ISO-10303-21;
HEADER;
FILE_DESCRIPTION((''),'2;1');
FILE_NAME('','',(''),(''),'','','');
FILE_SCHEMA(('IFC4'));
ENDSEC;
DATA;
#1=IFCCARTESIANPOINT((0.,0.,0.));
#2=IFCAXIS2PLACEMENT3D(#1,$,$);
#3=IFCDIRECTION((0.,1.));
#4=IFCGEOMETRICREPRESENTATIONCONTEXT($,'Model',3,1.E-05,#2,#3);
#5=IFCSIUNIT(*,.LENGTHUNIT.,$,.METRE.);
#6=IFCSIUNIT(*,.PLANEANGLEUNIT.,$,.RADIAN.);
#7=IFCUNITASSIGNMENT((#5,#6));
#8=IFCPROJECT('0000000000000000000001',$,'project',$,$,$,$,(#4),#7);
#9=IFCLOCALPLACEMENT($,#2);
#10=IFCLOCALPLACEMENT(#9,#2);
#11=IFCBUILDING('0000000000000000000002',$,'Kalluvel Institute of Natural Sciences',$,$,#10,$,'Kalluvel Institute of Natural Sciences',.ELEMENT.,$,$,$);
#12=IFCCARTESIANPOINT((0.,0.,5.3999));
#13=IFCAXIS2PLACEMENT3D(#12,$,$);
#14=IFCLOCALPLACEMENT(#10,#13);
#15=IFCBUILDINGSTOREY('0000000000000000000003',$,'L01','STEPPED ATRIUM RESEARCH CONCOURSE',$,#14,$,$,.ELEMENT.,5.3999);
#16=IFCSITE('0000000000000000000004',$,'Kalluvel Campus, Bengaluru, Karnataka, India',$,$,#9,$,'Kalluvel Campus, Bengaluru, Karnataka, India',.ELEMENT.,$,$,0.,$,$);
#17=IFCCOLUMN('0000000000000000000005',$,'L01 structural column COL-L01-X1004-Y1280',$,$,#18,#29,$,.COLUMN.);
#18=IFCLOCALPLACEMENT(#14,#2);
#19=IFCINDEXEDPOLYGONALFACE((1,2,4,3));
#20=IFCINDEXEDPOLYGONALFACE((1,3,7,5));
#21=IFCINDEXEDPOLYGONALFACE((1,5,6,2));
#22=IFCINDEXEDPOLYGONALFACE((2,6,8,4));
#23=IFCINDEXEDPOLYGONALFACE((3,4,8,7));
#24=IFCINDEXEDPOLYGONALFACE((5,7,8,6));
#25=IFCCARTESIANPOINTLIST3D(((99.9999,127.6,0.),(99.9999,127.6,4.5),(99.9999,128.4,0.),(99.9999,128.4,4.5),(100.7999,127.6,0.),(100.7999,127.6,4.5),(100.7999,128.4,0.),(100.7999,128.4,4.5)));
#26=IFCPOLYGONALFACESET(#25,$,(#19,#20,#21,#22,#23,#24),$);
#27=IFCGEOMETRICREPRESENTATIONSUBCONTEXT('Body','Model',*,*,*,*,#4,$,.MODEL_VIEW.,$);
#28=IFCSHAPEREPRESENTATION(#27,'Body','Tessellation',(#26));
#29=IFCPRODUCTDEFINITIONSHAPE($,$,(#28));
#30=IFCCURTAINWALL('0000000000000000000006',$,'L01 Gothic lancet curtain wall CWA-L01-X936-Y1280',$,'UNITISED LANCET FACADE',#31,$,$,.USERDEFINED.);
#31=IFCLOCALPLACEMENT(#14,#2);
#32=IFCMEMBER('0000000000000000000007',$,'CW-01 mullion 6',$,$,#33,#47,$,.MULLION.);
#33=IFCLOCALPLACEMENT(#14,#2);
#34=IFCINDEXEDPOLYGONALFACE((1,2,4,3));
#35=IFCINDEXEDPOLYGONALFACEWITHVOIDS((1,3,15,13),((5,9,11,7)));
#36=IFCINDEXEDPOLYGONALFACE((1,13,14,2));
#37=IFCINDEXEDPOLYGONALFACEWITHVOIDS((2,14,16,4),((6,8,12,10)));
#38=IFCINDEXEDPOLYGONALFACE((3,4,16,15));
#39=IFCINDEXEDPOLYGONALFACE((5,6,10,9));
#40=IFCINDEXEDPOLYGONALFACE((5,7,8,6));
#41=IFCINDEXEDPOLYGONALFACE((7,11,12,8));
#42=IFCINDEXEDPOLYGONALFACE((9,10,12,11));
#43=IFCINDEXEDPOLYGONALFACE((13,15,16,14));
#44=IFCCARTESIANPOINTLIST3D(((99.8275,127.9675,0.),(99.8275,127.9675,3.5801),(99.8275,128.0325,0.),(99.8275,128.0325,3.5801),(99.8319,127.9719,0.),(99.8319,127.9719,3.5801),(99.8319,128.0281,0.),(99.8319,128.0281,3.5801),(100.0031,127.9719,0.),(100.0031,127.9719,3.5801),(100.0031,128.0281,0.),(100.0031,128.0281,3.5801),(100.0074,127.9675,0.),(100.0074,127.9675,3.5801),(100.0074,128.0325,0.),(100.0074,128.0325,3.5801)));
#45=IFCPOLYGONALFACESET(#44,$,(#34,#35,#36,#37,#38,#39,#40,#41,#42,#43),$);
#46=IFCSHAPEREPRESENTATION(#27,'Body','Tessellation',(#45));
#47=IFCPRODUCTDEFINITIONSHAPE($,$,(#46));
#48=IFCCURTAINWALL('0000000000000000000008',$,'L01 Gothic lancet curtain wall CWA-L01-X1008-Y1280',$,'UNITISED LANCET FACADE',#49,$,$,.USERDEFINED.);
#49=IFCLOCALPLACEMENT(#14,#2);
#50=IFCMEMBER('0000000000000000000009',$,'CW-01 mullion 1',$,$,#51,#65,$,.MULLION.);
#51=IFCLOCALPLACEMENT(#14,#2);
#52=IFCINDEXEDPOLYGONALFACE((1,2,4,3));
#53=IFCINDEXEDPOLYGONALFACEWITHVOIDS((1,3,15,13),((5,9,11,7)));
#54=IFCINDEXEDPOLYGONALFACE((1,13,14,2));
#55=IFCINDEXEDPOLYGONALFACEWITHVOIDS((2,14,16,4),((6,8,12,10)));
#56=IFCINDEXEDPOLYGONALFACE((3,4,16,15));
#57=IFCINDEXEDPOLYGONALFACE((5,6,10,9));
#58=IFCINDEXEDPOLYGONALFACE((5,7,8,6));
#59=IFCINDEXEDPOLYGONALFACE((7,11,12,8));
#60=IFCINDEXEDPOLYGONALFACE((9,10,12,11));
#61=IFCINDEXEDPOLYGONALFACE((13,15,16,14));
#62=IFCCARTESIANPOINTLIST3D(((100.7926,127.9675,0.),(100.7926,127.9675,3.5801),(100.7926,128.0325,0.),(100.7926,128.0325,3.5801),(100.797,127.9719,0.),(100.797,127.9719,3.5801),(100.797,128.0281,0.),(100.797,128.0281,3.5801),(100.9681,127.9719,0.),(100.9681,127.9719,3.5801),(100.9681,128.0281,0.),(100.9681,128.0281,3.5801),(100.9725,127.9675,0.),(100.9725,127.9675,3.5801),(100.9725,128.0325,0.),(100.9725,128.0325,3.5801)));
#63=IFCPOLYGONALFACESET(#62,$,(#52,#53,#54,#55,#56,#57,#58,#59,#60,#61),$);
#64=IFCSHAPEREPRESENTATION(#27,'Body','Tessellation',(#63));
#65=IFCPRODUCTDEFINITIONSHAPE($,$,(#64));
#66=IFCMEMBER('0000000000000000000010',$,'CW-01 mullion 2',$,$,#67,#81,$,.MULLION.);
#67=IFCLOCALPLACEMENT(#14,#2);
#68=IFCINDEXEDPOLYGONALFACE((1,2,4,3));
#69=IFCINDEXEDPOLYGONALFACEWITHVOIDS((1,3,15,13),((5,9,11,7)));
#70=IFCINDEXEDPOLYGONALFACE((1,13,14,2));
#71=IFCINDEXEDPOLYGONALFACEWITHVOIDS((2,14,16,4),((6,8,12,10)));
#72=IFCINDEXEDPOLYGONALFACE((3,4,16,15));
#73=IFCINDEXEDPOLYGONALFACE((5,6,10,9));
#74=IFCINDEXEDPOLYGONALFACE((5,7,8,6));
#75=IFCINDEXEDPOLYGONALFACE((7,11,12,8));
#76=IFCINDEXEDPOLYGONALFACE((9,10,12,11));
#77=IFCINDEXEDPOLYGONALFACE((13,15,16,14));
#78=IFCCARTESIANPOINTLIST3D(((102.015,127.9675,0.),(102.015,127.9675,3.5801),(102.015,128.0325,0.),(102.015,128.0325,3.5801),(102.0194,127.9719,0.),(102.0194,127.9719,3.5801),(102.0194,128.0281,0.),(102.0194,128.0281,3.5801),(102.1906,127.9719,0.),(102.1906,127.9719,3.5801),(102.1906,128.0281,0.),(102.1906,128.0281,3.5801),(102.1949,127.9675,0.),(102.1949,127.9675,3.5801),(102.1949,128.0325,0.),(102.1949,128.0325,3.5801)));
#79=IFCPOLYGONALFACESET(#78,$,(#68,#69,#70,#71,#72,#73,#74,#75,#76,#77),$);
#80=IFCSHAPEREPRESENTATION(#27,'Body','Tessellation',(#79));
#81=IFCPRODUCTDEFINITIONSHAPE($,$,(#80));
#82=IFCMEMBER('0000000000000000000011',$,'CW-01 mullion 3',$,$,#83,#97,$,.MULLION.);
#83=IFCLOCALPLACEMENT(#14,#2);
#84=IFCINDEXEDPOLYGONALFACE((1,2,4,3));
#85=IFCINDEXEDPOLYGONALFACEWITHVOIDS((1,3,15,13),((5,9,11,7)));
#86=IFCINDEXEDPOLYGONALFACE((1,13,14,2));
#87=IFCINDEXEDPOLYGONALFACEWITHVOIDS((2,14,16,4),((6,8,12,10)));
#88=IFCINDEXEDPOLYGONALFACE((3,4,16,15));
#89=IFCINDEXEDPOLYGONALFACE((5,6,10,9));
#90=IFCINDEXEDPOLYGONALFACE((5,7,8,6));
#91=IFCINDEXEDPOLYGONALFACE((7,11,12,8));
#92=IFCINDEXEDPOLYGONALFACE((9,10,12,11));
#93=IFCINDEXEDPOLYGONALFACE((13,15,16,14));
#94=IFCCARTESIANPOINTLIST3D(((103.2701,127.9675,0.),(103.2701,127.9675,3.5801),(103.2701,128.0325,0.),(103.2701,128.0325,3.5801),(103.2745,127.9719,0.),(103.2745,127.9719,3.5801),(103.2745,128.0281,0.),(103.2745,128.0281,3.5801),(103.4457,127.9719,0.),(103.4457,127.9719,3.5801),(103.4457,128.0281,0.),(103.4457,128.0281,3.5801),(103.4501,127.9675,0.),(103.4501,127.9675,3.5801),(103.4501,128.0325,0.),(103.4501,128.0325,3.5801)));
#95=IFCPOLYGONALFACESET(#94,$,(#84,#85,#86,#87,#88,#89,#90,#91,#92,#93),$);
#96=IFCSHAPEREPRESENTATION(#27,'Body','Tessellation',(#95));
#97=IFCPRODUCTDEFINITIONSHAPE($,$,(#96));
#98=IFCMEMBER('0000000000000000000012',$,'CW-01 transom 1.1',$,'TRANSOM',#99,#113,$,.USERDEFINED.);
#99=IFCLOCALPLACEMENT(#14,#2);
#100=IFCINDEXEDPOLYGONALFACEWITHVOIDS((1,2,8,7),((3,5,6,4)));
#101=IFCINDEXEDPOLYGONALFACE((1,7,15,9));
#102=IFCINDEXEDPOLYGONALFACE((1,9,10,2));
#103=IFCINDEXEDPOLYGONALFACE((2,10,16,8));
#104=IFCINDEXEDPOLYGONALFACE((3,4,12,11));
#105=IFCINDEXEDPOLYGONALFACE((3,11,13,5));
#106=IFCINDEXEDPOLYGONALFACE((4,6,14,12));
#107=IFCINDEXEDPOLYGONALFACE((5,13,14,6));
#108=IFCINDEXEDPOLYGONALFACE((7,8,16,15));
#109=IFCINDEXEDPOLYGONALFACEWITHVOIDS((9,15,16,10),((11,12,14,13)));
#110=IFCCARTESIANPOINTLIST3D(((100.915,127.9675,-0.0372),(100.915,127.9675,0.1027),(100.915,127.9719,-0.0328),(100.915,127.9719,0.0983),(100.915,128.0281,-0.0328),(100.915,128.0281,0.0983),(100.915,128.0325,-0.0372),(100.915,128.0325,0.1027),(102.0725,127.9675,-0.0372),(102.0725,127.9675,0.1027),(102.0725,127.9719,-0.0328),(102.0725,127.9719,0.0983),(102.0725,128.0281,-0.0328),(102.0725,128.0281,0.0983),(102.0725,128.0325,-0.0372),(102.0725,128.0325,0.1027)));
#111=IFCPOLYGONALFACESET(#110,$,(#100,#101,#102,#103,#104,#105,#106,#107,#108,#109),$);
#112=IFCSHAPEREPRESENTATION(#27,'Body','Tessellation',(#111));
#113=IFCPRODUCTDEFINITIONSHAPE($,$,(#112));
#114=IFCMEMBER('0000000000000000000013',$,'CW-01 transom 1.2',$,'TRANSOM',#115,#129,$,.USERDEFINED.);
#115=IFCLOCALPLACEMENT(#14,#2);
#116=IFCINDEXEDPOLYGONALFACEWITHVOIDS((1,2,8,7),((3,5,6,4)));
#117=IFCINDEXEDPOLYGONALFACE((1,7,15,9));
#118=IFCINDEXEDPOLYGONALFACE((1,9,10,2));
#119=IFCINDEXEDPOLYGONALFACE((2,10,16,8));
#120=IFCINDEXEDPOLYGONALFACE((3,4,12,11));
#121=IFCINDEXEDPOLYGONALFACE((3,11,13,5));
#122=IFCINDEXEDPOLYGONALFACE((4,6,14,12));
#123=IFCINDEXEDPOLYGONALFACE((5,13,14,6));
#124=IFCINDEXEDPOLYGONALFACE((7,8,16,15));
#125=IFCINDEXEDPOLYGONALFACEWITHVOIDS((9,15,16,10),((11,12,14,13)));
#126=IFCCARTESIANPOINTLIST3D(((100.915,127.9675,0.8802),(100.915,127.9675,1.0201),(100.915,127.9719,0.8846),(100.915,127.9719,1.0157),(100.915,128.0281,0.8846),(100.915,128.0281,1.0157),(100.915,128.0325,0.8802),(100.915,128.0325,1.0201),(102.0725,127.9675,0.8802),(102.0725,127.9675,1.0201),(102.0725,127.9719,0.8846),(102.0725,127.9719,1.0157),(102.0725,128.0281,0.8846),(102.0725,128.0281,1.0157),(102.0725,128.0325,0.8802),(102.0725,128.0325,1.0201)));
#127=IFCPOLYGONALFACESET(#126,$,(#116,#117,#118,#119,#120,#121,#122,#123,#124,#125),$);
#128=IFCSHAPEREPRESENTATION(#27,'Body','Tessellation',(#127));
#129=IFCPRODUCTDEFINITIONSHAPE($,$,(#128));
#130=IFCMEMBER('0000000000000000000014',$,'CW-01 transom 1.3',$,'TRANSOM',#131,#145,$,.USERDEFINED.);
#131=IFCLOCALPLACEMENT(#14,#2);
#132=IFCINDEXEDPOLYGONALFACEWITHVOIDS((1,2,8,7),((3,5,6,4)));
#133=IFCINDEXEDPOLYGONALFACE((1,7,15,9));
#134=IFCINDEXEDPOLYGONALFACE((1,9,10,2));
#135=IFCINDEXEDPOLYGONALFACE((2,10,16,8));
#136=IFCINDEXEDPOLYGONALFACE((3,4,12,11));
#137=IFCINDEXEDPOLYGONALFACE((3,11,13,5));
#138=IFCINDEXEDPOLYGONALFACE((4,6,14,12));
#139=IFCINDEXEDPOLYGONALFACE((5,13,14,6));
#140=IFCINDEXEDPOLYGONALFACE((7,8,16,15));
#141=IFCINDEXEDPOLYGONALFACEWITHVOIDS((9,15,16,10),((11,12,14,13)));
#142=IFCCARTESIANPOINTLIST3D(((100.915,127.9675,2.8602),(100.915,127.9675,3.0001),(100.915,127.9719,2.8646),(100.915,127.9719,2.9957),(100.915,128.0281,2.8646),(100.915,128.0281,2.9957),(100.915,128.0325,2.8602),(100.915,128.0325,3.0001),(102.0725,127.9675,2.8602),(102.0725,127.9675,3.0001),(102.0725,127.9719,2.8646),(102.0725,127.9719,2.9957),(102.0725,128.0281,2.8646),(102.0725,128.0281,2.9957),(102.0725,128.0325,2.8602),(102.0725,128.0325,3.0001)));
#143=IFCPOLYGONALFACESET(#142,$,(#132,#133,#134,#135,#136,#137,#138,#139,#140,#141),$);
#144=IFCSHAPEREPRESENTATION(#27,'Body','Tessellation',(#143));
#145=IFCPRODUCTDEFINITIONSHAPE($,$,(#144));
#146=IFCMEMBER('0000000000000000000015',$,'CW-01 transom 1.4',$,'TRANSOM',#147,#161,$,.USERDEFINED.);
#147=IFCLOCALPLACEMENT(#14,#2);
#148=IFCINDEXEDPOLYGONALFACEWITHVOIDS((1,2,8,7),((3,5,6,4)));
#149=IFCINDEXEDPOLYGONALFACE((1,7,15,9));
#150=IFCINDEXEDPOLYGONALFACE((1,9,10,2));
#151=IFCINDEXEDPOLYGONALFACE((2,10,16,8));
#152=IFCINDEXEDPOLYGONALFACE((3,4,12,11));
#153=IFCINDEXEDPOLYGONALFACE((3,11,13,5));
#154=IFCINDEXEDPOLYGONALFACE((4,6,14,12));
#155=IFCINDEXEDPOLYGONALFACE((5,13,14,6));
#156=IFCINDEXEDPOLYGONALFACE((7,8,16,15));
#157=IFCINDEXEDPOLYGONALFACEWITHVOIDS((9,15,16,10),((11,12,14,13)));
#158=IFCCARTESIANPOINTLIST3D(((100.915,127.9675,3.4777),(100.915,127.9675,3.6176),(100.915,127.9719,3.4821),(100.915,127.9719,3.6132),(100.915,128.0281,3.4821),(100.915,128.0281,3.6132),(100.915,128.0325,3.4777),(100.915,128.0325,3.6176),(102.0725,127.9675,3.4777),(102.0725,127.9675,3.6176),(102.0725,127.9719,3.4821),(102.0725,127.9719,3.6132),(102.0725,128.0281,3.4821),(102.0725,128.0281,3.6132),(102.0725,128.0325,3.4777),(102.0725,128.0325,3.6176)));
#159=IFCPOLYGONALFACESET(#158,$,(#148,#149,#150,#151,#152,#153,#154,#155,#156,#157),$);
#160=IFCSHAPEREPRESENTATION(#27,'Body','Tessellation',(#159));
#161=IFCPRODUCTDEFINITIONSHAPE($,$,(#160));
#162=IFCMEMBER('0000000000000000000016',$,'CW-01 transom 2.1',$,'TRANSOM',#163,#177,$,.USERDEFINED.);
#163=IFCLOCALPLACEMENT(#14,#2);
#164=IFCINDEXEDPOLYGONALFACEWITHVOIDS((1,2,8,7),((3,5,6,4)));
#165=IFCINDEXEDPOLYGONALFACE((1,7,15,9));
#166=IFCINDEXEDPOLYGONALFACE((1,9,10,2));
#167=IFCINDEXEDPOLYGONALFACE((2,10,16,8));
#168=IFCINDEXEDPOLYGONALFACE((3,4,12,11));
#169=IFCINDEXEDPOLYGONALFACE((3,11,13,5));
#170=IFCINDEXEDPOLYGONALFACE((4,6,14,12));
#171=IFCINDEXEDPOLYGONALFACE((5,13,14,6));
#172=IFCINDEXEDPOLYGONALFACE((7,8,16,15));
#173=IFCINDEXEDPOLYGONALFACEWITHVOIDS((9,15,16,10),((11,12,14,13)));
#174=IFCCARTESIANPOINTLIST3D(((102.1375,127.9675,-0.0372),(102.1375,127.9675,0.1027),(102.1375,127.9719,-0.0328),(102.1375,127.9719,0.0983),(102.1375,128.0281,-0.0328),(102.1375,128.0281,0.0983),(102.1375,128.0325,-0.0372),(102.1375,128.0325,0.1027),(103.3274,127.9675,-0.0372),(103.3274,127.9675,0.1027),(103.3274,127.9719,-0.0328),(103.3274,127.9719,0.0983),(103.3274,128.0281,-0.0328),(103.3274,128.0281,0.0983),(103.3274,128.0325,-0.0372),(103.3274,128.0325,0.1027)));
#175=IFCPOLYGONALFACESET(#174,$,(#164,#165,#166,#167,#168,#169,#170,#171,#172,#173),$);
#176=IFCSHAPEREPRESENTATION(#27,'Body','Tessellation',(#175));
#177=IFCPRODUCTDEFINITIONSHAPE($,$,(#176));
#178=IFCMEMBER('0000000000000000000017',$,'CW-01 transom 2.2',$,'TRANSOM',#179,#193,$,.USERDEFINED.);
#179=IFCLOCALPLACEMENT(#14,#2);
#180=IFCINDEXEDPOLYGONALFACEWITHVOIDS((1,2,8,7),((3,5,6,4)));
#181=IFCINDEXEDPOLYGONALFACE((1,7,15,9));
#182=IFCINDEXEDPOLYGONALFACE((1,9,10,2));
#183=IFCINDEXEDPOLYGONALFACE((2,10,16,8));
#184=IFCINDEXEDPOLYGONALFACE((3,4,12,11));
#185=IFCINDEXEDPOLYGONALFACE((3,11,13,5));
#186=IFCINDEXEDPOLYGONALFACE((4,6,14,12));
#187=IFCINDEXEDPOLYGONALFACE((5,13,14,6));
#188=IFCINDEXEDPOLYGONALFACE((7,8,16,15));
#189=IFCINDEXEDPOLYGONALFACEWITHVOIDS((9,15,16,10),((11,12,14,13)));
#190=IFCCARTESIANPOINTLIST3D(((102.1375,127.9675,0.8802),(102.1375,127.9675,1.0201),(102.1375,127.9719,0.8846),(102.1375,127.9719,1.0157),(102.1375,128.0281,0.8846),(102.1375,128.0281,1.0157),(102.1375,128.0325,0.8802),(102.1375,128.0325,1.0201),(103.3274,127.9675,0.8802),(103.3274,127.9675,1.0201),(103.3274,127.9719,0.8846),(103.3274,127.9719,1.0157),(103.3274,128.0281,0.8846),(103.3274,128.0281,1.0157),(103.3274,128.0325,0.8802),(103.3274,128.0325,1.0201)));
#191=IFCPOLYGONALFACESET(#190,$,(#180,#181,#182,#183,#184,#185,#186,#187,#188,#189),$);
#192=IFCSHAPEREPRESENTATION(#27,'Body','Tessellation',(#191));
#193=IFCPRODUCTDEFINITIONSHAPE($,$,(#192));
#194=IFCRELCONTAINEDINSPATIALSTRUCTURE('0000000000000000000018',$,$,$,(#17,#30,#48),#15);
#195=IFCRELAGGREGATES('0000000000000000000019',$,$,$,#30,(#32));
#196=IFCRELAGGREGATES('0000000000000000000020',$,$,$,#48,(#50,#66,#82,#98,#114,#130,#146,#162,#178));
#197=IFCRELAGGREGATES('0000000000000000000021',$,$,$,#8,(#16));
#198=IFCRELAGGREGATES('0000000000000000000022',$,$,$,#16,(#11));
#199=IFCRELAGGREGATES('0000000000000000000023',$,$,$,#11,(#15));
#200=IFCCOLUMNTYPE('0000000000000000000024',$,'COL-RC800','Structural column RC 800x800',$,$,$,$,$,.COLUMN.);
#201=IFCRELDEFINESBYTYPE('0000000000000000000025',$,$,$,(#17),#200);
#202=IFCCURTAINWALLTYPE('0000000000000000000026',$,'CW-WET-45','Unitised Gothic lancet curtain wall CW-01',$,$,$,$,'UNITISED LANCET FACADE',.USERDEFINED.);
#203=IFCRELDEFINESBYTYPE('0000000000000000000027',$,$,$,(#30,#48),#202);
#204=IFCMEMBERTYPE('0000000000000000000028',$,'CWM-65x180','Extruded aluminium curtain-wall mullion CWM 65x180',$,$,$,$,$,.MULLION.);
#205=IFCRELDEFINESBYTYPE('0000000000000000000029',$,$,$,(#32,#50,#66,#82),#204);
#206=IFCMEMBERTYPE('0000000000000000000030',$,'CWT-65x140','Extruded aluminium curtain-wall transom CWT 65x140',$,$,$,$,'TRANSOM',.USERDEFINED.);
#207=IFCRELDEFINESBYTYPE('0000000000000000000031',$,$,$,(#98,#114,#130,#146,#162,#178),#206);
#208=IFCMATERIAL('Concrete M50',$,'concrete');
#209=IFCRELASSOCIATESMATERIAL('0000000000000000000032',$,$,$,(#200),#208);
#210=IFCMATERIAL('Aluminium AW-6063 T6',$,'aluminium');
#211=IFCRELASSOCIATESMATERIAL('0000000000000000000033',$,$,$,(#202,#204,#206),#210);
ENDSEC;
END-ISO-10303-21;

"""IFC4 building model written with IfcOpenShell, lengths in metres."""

from ifc_helpers import new_model, si_unit, direction, frame, origin, origin_2d, place, context, subcontext, project, spatial, rectangle, hollow_rectangle, extrude, material, material_profile, profile_set, type_object, element, aggregate, save


model = new_model("IFC4")

# Units and contexts
model_context = context("Model", 3, precision=1e-05, world=origin(), true_north=direction((0.0, 1.0)))
body_context = subcontext(model_context, "Body", "Model", "MODEL_VIEW")
ifc_project = project(units=[si_unit("LENGTHUNIT", "METRE"), si_unit("PLANEANGLEUNIT", "RADIAN")], contexts=[model_context])

# Site, building, storey
site_placement = place(None, origin())
site = spatial("IfcSite", under=ifc_project, at=site_placement, Name="Kalluvel Campus, Bengaluru, Karnataka, India", LongName="Kalluvel Campus, Bengaluru, Karnataka, India", CompositionType="ELEMENT", RefElevation=0.0)
building_placement = place(site_placement, origin())
building = spatial("IfcBuilding", under=site, at=building_placement, Name="Kalluvel Institute of Natural Sciences", LongName="Kalluvel Institute of Natural Sciences", CompositionType="ELEMENT")
storey_placement = place(building_placement, frame((0.0, 0.0, 5.3999)))
storey = spatial("IfcBuildingStorey", under=building, at=storey_placement, Name="L01", Description="STEPPED ATRIUM RESEARCH CONCOURSE", CompositionType="ELEMENT", Elevation=5.3999)

# Column
ifc_material_1 = material(Name="Concrete M50", Category="concrete")
ifc_material_profile_1 = material_profile(ifc_material_1, rectangle(XDim=0.8, YDim=0.8, at=origin_2d()), Name="RC 800x800")
ifc_profile_set_1 = profile_set([ifc_material_profile_1], Name="Concrete M50")
column_type = type_object("IfcColumnType", Name="COL-RC800", Description="Structural column RC 800x800", PredefinedType="COLUMN", material=ifc_profile_set_1)
column_placement = place(storey_placement, frame((100.3999, 128.0, 0.0), z_axis=(0.0, 0.0, 1.0), x_axis=(1.0, 0.0, 0.0)))
element("IfcColumn", 1, at=column_placement, inside=storey, type_object=column_type, Name="L01 structural column COL-L01-X1004-Y1280", PredefinedType="COLUMN", context=body_context, shape_type="SweptSolid", body=[
    extrude(rectangle(XDim=0.8, YDim=0.8, at=origin_2d()), origin(), (0.0, 0.0, 1.0), 4.5),
])

# Curtain wall, member
ifc_material_2 = material(Name="Aluminium AW-6063 T6", Category="aluminium")
curtain_wall_type = type_object("IfcCurtainWallType", Name="CW-WET-45", Description="Unitised Gothic lancet curtain wall CW-01", ElementType="UNITISED LANCET FACADE", PredefinedType="USERDEFINED", material=ifc_material_2)
curtain_wall_1_placement = place(storey_placement, origin())
curtain_wall_1 = element("IfcCurtainWall", 2, at=curtain_wall_1_placement, inside=storey, type_object=curtain_wall_type, Name="L01 Gothic lancet curtain wall CWA-L01-X936-Y1280", ObjectType="UNITISED LANCET FACADE", PredefinedType="USERDEFINED")
ifc_material_profile_2 = material_profile(ifc_material_2, hollow_rectangle(XDim=0.0649, YDim=0.1799, WallThickness=0.0044, at=origin_2d()), Name="CWM 65x180")
ifc_profile_set_2 = profile_set([ifc_material_profile_2], Name="Aluminium AW-6063 T6")
member_type_1 = type_object("IfcMemberType", Name="CWM-65x180", Description="Extruded aluminium curtain-wall mullion CWM 65x180", PredefinedType="MULLION", material=ifc_profile_set_2)
member_1_placement = place(storey_placement, frame((99.9175, 128.0, 0.0), z_axis=(0.0, 0.0, 1.0), x_axis=(0.0, 1.0, 0.0)))
member_1 = element("IfcMember", 3, at=member_1_placement, type_object=member_type_1, Name="CW-01 mullion 6", PredefinedType="MULLION", context=body_context, shape_type="SweptSolid", body=[
    extrude(hollow_rectangle(XDim=0.0649, YDim=0.1799, WallThickness=0.0044, at=origin_2d()), origin(), (0.0, 0.0, 1.0), 3.5801),
])

# Curtain wall, members
curtain_wall_2_placement = place(storey_placement, origin())
curtain_wall_2 = element("IfcCurtainWall", 4, at=curtain_wall_2_placement, inside=storey, type_object=curtain_wall_type, Name="L01 Gothic lancet curtain wall CWA-L01-X1008-Y1280", ObjectType="UNITISED LANCET FACADE", PredefinedType="USERDEFINED")
member_2_placement = place(storey_placement, frame((100.8826, 128.0, 0.0), z_axis=(0.0, 0.0, 1.0), x_axis=(0.0, 1.0, 0.0)))
member_2 = element("IfcMember", 5, at=member_2_placement, type_object=member_type_1, Name="CW-01 mullion 1", PredefinedType="MULLION", context=body_context, shape_type="SweptSolid", body=[
    extrude(hollow_rectangle(XDim=0.0649, YDim=0.1799, WallThickness=0.0044, at=origin_2d()), origin(), (0.0, 0.0, 1.0), 3.5801),
])
member_3_placement = place(storey_placement, frame((102.105, 128.0, 0.0), z_axis=(0.0, 0.0, 1.0), x_axis=(0.0, 1.0, 0.0)))
member_3 = element("IfcMember", 6, at=member_3_placement, type_object=member_type_1, Name="CW-01 mullion 2", PredefinedType="MULLION", context=body_context, shape_type="SweptSolid", body=[
    extrude(hollow_rectangle(XDim=0.0649, YDim=0.1799, WallThickness=0.0044, at=origin_2d()), origin(), (0.0, 0.0, 1.0), 3.5801),
])
member_4_placement = place(storey_placement, frame((103.3601, 128.0, 0.0), z_axis=(0.0, 0.0, 1.0), x_axis=(0.0, 1.0, 0.0)))
member_4 = element("IfcMember", 7, at=member_4_placement, type_object=member_type_1, Name="CW-01 mullion 3", PredefinedType="MULLION", context=body_context, shape_type="SweptSolid", body=[
    extrude(hollow_rectangle(XDim=0.0649, YDim=0.1799, WallThickness=0.0044, at=origin_2d()), origin(), (0.0, 0.0, 1.0), 3.5801),
])
ifc_material_profile_3 = material_profile(ifc_material_2, hollow_rectangle(XDim=0.0649, YDim=0.1399, WallThickness=0.0044, at=origin_2d()), Name="CWT 65x140")
ifc_profile_set_3 = profile_set([ifc_material_profile_3], Name="Aluminium AW-6063 T6")
member_type_2 = type_object("IfcMemberType", Name="CWT-65x140", Description="Extruded aluminium curtain-wall transom CWT 65x140", ElementType="TRANSOM", PredefinedType="USERDEFINED", material=ifc_profile_set_3)
member_5_placement = place(storey_placement, frame((100.915, 128.0, 0.0327), z_axis=(1.0, 0.0, 0.0), x_axis=(0.0, 1.0, 0.0)))
member_5 = element("IfcMember", 8, at=member_5_placement, type_object=member_type_2, Name="CW-01 transom 1.1", ObjectType="TRANSOM", PredefinedType="USERDEFINED", context=body_context, shape_type="SweptSolid", body=[
    extrude(hollow_rectangle(XDim=0.0649, YDim=0.1399, WallThickness=0.0044, at=origin_2d()), origin(), (0.0, 0.0, 1.0), 1.1575),
])
member_6_placement = place(storey_placement, frame((100.915, 128.0, 0.9502), z_axis=(1.0, 0.0, 0.0), x_axis=(0.0, 1.0, 0.0)))
member_6 = element("IfcMember", 9, at=member_6_placement, type_object=member_type_2, Name="CW-01 transom 1.2", ObjectType="TRANSOM", PredefinedType="USERDEFINED", context=body_context, shape_type="SweptSolid", body=[
    extrude(hollow_rectangle(XDim=0.0649, YDim=0.1399, WallThickness=0.0044, at=origin_2d()), origin(), (0.0, 0.0, 1.0), 1.1575),
])
member_7_placement = place(storey_placement, frame((100.915, 128.0, 2.9302), z_axis=(1.0, 0.0, 0.0), x_axis=(0.0, 1.0, 0.0)))
member_7 = element("IfcMember", 10, at=member_7_placement, type_object=member_type_2, Name="CW-01 transom 1.3", ObjectType="TRANSOM", PredefinedType="USERDEFINED", context=body_context, shape_type="SweptSolid", body=[
    extrude(hollow_rectangle(XDim=0.0649, YDim=0.1399, WallThickness=0.0044, at=origin_2d()), origin(), (0.0, 0.0, 1.0), 1.1575),
])
member_8_placement = place(storey_placement, frame((100.915, 128.0, 3.5476), z_axis=(1.0, 0.0, 0.0), x_axis=(0.0, 1.0, 0.0)))
member_8 = element("IfcMember", 11, at=member_8_placement, type_object=member_type_2, Name="CW-01 transom 1.4", ObjectType="TRANSOM", PredefinedType="USERDEFINED", context=body_context, shape_type="SweptSolid", body=[
    extrude(hollow_rectangle(XDim=0.0649, YDim=0.1399, WallThickness=0.0044, at=origin_2d()), origin(), (0.0, 0.0, 1.0), 1.1575),
])
member_9_placement = place(storey_placement, frame((102.1375, 128.0, 0.0327), z_axis=(1.0, 0.0, 0.0), x_axis=(0.0, 1.0, 0.0)))
member_9 = element("IfcMember", 12, at=member_9_placement, type_object=member_type_2, Name="CW-01 transom 2.1", ObjectType="TRANSOM", PredefinedType="USERDEFINED", context=body_context, shape_type="SweptSolid", body=[
    extrude(hollow_rectangle(XDim=0.0649, YDim=0.1399, WallThickness=0.0044, at=origin_2d()), origin(), (0.0, 0.0, 1.0), 1.1899),
])
member_10_placement = place(storey_placement, frame((102.1375, 128.0, 0.9502), z_axis=(1.0, 0.0, 0.0), x_axis=(0.0, 1.0, 0.0)))
member_10 = element("IfcMember", 13, at=member_10_placement, type_object=member_type_2, Name="CW-01 transom 2.2", ObjectType="TRANSOM", PredefinedType="USERDEFINED", context=body_context, shape_type="SweptSolid", body=[
    extrude(hollow_rectangle(XDim=0.0649, YDim=0.1399, WallThickness=0.0044, at=origin_2d()), origin(), (0.0, 0.0, 1.0), 1.1899),
])

aggregate(curtain_wall_1, [member_1])
aggregate(curtain_wall_2, [member_2, member_3, member_4, member_5, member_6, member_7, member_8, member_9, member_10])

save(model, "model.ifc")
